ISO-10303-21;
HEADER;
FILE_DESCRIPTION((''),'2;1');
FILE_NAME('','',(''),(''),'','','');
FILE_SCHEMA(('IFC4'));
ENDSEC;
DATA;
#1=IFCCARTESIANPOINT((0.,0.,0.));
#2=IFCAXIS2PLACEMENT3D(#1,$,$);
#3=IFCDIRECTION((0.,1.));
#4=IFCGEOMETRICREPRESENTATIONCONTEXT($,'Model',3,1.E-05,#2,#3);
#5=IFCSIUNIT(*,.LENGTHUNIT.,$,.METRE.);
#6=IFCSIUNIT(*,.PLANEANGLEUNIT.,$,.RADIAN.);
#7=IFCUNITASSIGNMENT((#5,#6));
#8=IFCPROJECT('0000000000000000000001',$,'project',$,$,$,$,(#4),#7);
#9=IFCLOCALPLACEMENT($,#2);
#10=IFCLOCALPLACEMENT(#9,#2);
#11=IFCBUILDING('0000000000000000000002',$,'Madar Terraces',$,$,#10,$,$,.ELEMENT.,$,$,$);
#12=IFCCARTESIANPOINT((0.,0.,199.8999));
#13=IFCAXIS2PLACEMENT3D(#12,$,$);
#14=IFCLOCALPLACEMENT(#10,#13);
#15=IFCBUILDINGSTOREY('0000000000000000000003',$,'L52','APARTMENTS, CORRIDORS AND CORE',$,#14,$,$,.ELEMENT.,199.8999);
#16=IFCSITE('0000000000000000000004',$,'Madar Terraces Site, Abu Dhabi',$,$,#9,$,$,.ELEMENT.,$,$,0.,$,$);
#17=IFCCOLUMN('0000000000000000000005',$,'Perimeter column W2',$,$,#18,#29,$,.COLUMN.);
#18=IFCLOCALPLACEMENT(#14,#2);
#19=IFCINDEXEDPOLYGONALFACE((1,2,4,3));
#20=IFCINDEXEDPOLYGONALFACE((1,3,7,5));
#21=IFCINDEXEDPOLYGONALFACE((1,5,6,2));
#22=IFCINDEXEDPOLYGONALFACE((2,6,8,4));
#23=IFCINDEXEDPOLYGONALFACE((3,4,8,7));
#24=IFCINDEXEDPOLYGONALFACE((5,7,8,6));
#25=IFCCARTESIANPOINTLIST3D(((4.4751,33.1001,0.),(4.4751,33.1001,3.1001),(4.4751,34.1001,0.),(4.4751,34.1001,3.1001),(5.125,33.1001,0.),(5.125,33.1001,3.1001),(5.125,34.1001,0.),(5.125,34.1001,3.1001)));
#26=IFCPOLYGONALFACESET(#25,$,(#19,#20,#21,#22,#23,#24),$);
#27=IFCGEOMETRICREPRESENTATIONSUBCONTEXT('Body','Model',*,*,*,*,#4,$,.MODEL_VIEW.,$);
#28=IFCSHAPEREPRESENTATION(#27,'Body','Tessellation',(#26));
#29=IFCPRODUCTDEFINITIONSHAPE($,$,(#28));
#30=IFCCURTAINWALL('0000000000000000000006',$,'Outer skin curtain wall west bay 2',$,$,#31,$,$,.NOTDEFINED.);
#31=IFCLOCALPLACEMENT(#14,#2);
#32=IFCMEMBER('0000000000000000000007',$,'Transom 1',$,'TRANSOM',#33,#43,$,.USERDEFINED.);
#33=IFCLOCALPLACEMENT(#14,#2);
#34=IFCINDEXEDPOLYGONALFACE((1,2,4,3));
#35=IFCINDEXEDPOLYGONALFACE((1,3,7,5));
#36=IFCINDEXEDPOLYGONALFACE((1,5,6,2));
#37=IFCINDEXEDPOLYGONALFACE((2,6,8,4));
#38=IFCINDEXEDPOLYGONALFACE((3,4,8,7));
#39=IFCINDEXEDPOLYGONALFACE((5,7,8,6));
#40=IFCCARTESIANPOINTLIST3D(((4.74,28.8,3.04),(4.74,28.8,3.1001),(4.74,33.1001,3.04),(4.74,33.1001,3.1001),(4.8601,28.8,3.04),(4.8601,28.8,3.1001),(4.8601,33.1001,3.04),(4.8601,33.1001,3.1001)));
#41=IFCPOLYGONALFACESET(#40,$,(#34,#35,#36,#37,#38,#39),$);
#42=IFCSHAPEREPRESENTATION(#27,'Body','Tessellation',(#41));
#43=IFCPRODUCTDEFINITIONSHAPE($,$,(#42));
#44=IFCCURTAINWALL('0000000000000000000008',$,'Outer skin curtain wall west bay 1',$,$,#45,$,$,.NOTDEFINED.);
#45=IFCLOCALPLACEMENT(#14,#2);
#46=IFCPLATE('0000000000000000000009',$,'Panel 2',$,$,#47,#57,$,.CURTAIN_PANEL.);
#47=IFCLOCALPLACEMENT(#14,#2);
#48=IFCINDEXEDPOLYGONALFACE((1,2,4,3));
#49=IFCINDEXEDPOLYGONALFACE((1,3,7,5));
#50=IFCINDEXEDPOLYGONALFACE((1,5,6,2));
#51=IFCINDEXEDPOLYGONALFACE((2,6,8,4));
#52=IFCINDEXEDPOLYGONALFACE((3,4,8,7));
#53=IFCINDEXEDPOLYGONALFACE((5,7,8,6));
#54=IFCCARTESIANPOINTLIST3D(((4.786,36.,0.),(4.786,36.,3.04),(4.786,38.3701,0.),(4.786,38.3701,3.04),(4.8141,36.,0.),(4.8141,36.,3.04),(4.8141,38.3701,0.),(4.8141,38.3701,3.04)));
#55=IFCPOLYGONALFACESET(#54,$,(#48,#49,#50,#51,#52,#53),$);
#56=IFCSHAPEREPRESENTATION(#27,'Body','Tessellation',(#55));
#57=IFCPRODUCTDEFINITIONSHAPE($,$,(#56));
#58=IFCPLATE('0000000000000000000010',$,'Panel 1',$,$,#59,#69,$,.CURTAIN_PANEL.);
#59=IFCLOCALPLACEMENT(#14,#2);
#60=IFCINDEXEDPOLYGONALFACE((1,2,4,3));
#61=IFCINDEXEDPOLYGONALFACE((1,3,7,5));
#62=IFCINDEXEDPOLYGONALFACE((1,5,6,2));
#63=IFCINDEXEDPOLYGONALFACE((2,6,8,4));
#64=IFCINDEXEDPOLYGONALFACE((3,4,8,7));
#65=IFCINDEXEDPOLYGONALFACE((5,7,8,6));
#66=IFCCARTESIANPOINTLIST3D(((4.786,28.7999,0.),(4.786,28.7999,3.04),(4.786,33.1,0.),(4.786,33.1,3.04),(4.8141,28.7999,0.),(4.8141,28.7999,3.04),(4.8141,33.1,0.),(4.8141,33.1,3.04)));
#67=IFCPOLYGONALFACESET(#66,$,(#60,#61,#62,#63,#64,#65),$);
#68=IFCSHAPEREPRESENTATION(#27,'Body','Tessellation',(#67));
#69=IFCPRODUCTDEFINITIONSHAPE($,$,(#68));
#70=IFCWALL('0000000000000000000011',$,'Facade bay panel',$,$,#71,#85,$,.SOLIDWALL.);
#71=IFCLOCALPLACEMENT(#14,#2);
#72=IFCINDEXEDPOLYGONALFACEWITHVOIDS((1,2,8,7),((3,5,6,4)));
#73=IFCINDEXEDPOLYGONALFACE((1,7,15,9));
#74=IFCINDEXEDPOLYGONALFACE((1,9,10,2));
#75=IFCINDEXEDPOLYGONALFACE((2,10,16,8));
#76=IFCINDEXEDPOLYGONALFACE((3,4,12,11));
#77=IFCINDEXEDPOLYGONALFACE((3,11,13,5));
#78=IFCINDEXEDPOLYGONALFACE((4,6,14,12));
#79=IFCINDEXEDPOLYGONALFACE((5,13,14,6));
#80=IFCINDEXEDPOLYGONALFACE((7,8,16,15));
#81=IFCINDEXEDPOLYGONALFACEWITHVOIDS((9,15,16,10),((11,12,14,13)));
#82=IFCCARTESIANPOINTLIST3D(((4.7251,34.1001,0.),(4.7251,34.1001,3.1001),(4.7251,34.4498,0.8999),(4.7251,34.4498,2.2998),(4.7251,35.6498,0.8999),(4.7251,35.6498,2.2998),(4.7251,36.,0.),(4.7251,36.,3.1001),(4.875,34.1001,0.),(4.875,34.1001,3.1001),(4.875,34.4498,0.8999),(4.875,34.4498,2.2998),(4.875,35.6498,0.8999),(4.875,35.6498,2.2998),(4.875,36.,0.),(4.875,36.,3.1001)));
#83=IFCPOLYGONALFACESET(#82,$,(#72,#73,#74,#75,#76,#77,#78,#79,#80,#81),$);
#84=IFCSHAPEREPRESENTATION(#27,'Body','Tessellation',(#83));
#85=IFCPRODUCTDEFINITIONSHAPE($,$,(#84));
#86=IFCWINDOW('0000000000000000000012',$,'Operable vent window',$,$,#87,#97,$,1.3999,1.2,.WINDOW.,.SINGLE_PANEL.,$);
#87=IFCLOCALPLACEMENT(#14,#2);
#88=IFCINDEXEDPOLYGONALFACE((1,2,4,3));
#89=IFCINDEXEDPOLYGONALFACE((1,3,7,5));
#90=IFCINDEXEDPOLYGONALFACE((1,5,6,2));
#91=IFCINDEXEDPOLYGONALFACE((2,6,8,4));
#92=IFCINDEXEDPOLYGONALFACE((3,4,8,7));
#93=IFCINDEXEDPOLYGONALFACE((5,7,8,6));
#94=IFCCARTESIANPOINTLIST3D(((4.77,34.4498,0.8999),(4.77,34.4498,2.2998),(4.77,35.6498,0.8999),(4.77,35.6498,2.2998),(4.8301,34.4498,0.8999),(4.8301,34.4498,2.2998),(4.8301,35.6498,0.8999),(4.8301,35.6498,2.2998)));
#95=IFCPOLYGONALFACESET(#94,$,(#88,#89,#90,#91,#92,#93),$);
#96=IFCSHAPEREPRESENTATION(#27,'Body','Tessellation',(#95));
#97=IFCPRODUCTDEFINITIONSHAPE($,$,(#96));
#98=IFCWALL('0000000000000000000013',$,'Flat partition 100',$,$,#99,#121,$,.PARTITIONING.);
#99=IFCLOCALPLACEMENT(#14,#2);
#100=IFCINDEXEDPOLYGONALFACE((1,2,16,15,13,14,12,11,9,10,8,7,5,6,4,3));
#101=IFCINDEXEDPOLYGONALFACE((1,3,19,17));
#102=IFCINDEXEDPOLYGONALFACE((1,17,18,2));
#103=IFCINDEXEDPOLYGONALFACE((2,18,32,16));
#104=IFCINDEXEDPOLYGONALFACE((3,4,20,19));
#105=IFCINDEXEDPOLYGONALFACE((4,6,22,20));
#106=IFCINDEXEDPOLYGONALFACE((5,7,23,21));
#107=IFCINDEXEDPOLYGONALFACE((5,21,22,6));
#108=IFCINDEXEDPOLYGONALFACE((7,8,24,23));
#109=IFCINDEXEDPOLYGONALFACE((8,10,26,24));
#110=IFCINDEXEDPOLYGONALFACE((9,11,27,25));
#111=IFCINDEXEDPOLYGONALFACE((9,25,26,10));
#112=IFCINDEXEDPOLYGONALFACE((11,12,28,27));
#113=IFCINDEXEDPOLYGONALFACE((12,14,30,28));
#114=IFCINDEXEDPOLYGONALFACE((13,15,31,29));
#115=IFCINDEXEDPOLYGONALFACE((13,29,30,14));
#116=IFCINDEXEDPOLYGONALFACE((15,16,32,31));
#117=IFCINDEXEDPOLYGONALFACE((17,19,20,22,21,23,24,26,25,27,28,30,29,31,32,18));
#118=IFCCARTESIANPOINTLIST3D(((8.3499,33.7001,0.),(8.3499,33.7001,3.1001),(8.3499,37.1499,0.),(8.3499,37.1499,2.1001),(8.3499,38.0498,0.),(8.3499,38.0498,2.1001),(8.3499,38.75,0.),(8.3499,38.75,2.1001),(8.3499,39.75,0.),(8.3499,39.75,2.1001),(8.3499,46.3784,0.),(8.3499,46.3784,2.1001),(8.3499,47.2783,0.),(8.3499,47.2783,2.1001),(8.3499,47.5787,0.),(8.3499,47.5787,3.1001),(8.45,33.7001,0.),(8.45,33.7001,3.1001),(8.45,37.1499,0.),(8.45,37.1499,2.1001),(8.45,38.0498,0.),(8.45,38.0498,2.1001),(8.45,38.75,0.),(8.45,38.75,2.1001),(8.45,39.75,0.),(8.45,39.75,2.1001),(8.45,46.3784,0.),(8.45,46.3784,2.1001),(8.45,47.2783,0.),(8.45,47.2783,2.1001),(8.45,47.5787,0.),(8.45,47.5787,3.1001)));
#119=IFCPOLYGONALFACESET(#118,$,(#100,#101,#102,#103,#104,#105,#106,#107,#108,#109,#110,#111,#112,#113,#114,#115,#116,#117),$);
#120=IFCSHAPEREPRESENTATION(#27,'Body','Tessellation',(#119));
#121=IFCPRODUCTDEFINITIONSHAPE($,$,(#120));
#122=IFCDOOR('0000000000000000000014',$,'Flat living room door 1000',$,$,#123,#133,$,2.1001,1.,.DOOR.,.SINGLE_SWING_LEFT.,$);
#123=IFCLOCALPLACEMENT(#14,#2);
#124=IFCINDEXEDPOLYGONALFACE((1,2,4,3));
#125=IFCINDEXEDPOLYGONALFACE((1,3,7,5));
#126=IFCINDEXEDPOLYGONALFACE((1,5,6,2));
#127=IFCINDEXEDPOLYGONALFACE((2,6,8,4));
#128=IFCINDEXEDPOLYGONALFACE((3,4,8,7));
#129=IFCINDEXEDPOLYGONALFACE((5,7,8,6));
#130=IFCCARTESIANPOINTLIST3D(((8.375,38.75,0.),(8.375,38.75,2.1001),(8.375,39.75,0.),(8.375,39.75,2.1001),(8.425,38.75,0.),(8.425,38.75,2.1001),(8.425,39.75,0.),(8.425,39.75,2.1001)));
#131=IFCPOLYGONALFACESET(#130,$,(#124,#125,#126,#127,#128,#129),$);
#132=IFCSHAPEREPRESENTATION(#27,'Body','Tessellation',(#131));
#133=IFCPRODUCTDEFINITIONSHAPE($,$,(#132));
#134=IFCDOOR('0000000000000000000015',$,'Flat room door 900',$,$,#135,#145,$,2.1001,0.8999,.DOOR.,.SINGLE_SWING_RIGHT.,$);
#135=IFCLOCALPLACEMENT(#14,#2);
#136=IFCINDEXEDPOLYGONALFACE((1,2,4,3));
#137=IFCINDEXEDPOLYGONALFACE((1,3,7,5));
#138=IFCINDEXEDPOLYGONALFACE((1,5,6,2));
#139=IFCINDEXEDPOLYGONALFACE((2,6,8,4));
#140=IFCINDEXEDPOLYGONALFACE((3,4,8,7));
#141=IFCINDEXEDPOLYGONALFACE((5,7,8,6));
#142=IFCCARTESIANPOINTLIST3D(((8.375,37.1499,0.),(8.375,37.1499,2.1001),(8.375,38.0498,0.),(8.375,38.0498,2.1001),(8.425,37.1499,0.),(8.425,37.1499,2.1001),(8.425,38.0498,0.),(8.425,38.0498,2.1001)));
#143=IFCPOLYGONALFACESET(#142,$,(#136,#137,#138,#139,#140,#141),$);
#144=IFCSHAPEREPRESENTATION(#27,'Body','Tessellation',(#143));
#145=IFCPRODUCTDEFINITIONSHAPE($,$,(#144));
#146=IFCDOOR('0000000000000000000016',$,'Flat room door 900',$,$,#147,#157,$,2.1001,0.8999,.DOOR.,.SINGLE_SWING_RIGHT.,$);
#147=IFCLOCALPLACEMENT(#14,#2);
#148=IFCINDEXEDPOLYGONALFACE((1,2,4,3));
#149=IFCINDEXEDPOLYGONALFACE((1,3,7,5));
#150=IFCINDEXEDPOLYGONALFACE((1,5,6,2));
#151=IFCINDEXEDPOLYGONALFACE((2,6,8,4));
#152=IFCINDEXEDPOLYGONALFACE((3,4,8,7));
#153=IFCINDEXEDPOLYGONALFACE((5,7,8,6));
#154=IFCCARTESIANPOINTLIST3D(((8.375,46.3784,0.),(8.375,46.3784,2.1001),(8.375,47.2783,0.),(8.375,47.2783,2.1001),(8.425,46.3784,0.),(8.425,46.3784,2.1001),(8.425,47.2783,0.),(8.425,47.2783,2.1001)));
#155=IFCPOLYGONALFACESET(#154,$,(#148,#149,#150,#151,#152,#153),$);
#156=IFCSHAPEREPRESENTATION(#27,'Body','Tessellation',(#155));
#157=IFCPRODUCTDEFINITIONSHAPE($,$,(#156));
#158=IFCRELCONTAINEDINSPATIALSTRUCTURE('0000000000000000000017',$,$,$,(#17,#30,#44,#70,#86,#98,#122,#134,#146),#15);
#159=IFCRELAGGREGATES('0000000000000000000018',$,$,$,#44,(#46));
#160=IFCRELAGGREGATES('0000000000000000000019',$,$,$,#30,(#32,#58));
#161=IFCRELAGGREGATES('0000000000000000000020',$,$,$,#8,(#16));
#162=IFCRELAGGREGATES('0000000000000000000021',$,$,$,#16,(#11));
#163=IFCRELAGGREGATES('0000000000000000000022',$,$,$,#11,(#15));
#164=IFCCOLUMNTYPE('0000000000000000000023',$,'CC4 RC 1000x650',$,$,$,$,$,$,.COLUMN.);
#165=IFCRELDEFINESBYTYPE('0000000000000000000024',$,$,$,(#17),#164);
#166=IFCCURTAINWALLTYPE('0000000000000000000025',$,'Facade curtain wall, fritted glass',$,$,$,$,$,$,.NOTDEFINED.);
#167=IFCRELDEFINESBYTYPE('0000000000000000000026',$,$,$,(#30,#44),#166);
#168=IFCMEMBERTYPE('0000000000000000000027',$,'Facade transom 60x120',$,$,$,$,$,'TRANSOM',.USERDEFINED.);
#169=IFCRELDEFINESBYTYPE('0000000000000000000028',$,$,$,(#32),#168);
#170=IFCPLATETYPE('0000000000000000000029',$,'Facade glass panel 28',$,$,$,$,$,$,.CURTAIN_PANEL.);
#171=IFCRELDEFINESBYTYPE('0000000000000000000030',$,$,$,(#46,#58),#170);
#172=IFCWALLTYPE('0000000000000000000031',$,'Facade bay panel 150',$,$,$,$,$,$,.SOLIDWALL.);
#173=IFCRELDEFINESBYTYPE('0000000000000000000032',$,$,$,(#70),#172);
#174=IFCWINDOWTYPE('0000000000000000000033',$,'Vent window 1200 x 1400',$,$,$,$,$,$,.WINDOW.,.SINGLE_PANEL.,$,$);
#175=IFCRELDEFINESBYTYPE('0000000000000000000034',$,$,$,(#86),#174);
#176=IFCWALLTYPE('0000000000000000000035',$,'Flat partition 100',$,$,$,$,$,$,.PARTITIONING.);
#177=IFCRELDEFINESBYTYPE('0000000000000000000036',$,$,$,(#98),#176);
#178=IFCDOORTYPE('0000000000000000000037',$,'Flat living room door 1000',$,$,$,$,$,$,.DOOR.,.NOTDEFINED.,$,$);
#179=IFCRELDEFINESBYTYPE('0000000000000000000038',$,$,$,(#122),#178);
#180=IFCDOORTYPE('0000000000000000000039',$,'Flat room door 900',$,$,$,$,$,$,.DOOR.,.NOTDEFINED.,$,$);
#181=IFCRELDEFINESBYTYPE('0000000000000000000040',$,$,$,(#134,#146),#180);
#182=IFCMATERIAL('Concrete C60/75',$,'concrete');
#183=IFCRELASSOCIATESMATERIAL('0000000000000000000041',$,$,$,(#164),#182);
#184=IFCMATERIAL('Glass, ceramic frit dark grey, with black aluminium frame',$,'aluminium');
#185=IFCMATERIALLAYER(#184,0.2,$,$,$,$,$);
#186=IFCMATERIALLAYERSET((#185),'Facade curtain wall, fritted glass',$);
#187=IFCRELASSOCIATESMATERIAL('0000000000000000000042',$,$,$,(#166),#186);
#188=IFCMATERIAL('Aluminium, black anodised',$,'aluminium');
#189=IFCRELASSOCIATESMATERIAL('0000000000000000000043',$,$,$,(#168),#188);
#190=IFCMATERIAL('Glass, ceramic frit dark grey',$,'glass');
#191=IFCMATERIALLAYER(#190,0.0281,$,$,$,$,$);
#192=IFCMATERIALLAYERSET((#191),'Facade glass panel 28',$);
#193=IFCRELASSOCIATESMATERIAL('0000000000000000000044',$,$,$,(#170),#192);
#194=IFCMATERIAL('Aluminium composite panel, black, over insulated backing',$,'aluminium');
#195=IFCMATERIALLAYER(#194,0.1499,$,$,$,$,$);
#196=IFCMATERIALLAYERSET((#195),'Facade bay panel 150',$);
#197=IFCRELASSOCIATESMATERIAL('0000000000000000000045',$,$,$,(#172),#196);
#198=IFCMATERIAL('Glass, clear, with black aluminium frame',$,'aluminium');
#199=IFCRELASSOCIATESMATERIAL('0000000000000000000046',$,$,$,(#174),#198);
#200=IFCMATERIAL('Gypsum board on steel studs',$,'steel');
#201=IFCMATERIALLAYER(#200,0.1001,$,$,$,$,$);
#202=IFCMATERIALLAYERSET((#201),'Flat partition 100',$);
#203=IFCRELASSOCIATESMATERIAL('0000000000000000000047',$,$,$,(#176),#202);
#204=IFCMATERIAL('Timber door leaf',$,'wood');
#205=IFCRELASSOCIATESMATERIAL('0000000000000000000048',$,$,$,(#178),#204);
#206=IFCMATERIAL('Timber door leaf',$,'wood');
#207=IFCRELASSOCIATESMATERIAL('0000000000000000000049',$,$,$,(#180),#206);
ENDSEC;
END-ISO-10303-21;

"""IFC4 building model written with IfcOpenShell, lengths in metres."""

from ifc_helpers import new_model, si_unit, direction, frame, frame_2d, origin, origin_2d, place, context, subcontext, project, spatial, rectangle, extrude, material, layer, layer_set, material_profile, profile_set, type_object, element, fill, aggregate, save


model = new_model("IFC4")

# Units and contexts
model_context = context("Model", 3, precision=1e-05, world=origin(), true_north=direction((0.0, 1.0)))
body_context = subcontext(model_context, "Body", "Model", "MODEL_VIEW")
ifc_project = project(units=[si_unit("LENGTHUNIT", "METRE"), si_unit("PLANEANGLEUNIT", "RADIAN")], contexts=[model_context])

# Site, building, storey
site_placement = place(None, origin())
site = spatial("IfcSite", under=ifc_project, at=site_placement, Name="Madar Terraces Site, Abu Dhabi", CompositionType="ELEMENT", RefElevation=0.0)
building_placement = place(site_placement, origin())
building = spatial("IfcBuilding", under=site, at=building_placement, Name="Madar Terraces", CompositionType="ELEMENT")
storey_placement = place(building_placement, frame((0.0, 0.0, 199.8999)))
storey = spatial("IfcBuildingStorey", under=building, at=storey_placement, Name="L52", Description="APARTMENTS, CORRIDORS AND CORE", CompositionType="ELEMENT", Elevation=199.8999)

# Column
ifc_material_1 = material(Name="Concrete C60/75", Category="concrete")
ifc_material_profile_1 = material_profile(ifc_material_1, rectangle(XDim=1.0, YDim=0.6499, at=origin_2d()), Name="CC4 RC 1000x650")
ifc_profile_set_1 = profile_set([ifc_material_profile_1], Name="Concrete C60/75")
column_type = type_object("IfcColumnType", Name="CC4 RC 1000x650", PredefinedType="COLUMN", material=ifc_profile_set_1)
column_placement = place(storey_placement, frame((4.8, 33.6001, 0.0), z_axis=(0.0, 0.0, 1.0), x_axis=(0.0, 1.0, 0.0)))
element("IfcColumn", 1, at=column_placement, inside=storey, type_object=column_type, Name="Perimeter column W2", PredefinedType="COLUMN", context=body_context, shape_type="SweptSolid", body=[
    extrude(rectangle(XDim=1.0, YDim=0.6499, at=origin_2d()), origin(), (0.0, 0.0, 1.0), 3.1001),
])

# Curtain wall, member
ifc_material_2 = material(Name="Glass, ceramic frit dark grey, with black aluminium frame", Category="aluminium")
ifc_layer_1 = layer(ifc_material_2, 0.2)
ifc_layer_set_1 = layer_set([ifc_layer_1], Name="Facade curtain wall, fritted glass")
curtain_wall_type = type_object("IfcCurtainWallType", Name="Facade curtain wall, fritted glass", PredefinedType="NOTDEFINED", material=ifc_layer_set_1)
curtain_wall_1_placement = place(storey_placement, origin())
curtain_wall_1 = element("IfcCurtainWall", 2, at=curtain_wall_1_placement, inside=storey, type_object=curtain_wall_type, Name="Outer skin curtain wall west bay 2", PredefinedType="NOTDEFINED")
ifc_material_3 = material(Name="Aluminium, black anodised", Category="aluminium")
ifc_material_profile_2 = material_profile(ifc_material_3, rectangle(XDim=0.1201, YDim=0.0601, at=origin_2d()), Name="Facade transom 60x120")
ifc_profile_set_2 = profile_set([ifc_material_profile_2], Name="Aluminium, black anodised")
member_type = type_object("IfcMemberType", Name="Facade transom 60x120", ElementType="TRANSOM", PredefinedType="USERDEFINED", material=ifc_profile_set_2)
member_placement = place(storey_placement, frame((4.8, 33.1001, 3.0701), z_axis=(0.0, -1.0, 0.0), x_axis=(1.0, 0.0, 0.0)))
member = element("IfcMember", 3, at=member_placement, type_object=member_type, Name="Transom 1", ObjectType="TRANSOM", PredefinedType="USERDEFINED", context=body_context, shape_type="SweptSolid", body=[
    extrude(rectangle(XDim=0.1201, YDim=0.0601, at=origin_2d()), origin(), (0.0, 0.0, 1.0), 4.3),
])

# Curtain wall, plate
curtain_wall_2_placement = place(storey_placement, origin())
curtain_wall_2 = element("IfcCurtainWall", 4, at=curtain_wall_2_placement, inside=storey, type_object=curtain_wall_type, Name="Outer skin curtain wall west bay 1", PredefinedType="NOTDEFINED")
ifc_material_4 = material(Name="Glass, ceramic frit dark grey", Category="glass")
ifc_layer_2 = layer(ifc_material_4, 0.0281)
ifc_layer_set_2 = layer_set([ifc_layer_2], Name="Facade glass panel 28")
plate_type = type_object("IfcPlateType", Name="Facade glass panel 28", PredefinedType="CURTAIN_PANEL", material=ifc_layer_set_2)
plate_1_placement = place(storey_placement, frame((4.8, 37.1851, 0.0), z_axis=(0.0, 0.0, 1.0), x_axis=(0.0, -1.0, 0.0)))
plate_1 = element("IfcPlate", 5, at=plate_1_placement, type_object=plate_type, Name="Panel 2", PredefinedType="CURTAIN_PANEL", context=body_context, shape_type="SweptSolid", body=[
    extrude(rectangle(XDim=2.3701, YDim=0.0281, at=origin_2d()), origin(), (0.0, 0.0, 1.0), 3.04),
])
aggregate(curtain_wall_2, [plate_1])

# Plate
plate_2_placement = place(storey_placement, frame((4.8, 30.95, 0.0), z_axis=(0.0, 0.0, 1.0), x_axis=(0.0, -1.0, 0.0)))
plate_2 = element("IfcPlate", 6, at=plate_2_placement, type_object=plate_type, Name="Panel 1", PredefinedType="CURTAIN_PANEL", context=body_context, shape_type="SweptSolid", body=[
    extrude(rectangle(XDim=4.3, YDim=0.0281, at=origin_2d()), origin(), (0.0, 0.0, 1.0), 3.04),
])
aggregate(curtain_wall_1, [member, plate_2])

# Wall, opening, window
ifc_material_5 = material(Name="Aluminium composite panel, black, over insulated backing", Category="aluminium")
ifc_layer_3 = layer(ifc_material_5, 0.1499)
ifc_layer_set_3 = layer_set([ifc_layer_3], Name="Facade bay panel 150")
wall_type_1 = type_object("IfcWallType", Name="Facade bay panel 150", PredefinedType="SOLIDWALL", material=ifc_layer_set_3)
wall_1_placement = place(storey_placement, frame((4.8, 36.0, 0.0), z_axis=(0.0, 0.0, 1.0), x_axis=(0.0, -1.0, 0.0)))
wall_1 = element("IfcWall", 7, at=wall_1_placement, inside=storey, type_object=wall_type_1, Name="Facade bay panel", PredefinedType="SOLIDWALL", context=body_context, shape_type="SweptSolid", body=[
    extrude(rectangle(XDim=1.8999, YDim=0.1499, at=frame_2d((0.95, 0.0))), origin(), (0.0, 0.0, 1.0), 3.1001),
])
opening_1_placement = place(wall_1_placement, frame((0.3501, 0.0, 0.8999)))
opening_1 = element("IfcOpeningElement", 8, at=opening_1_placement, cuts=wall_1, PredefinedType="OPENING", context=body_context, shape_type="SweptSolid", body=[
    extrude(rectangle(XDim=1.2, YDim=1.3999, at=frame_2d((0.6001, 0.7))), frame((0.0, 0.085, 0.0), z_axis=(0.0, -1.0, 0.0), x_axis=(1.0, 0.0, 0.0)), (0.0, 0.0, 1.0), 0.1699),
])
ifc_material_6 = material(Name="Glass, clear, with black aluminium frame", Category="aluminium")
window_type = type_object("IfcWindowType", Name="Vent window 1200 x 1400", PartitioningType="SINGLE_PANEL", PredefinedType="WINDOW", material=ifc_material_6)
window_placement = place(opening_1_placement, origin())
window = element("IfcWindow", 9, at=window_placement, inside=storey, type_object=window_type, Name="Operable vent window", OverallHeight=1.3999, OverallWidth=1.2, PartitioningType="SINGLE_PANEL", PredefinedType="WINDOW", context=body_context, shape_type="SweptSolid", body=[
    extrude(rectangle(XDim=1.2, YDim=1.3999, at=frame_2d((0.6001, 0.7))), frame((0.0, 0.03, 0.0), z_axis=(0.0, -1.0, 0.0), x_axis=(1.0, 0.0, 0.0)), (0.0, 0.0, 1.0), 0.0601),
])
fill(opening_1, window)

# Wall, openings, doors
ifc_material_7 = material(Name="Gypsum board on steel studs", Category="steel")
ifc_layer_4 = layer(ifc_material_7, 0.1001)
ifc_layer_set_4 = layer_set([ifc_layer_4], Name="Flat partition 100")
wall_type_2 = type_object("IfcWallType", Name="Flat partition 100", PredefinedType="PARTITIONING", material=ifc_layer_set_4)
wall_2_placement = place(storey_placement, frame((8.3999, 33.7, 0.0), z_axis=(0.0, 0.0, 1.0), x_axis=(0.0, 1.0, 0.0)))
wall_2 = element("IfcWall", 10, at=wall_2_placement, inside=storey, type_object=wall_type_2, Name="Flat partition 100", PredefinedType="PARTITIONING", context=body_context, shape_type="SweptSolid", body=[
    extrude(rectangle(XDim=13.8787, YDim=0.1001, at=frame_2d((6.9395, 0.0))), origin(), (0.0, 0.0, 1.0), 3.1001),
])
opening_2_placement = place(wall_2_placement, frame((3.45, 0.0, 0.0)))
opening_2 = element("IfcOpeningElement", 11, at=opening_2_placement, cuts=wall_2, PredefinedType="OPENING", context=body_context, shape_type="SweptSolid", body=[
    extrude(rectangle(XDim=0.8999, YDim=2.1001, at=frame_2d((0.45, 1.05))), frame((0.0, 0.0601, 0.0), z_axis=(0.0, -1.0, 0.0), x_axis=(1.0, 0.0, 0.0)), (0.0, 0.0, 1.0), 0.1201),
])
opening_3_placement = place(wall_2_placement, frame((5.05, 0.0, 0.0)))
opening_3 = element("IfcOpeningElement", 12, at=opening_3_placement, cuts=wall_2, PredefinedType="OPENING", context=body_context, shape_type="SweptSolid", body=[
    extrude(rectangle(XDim=1.0, YDim=2.1001, at=frame_2d((0.5, 1.05))), frame((0.0, 0.0601, 0.0), z_axis=(0.0, -1.0, 0.0), x_axis=(1.0, 0.0, 0.0)), (0.0, 0.0, 1.0), 0.1201),
])
opening_4_placement = place(wall_2_placement, frame((12.6785, 0.0, 0.0)))
opening_4 = element("IfcOpeningElement", 13, at=opening_4_placement, cuts=wall_2, PredefinedType="OPENING", context=body_context, shape_type="SweptSolid", body=[
    extrude(rectangle(XDim=0.8999, YDim=2.1001, at=frame_2d((0.45, 1.05))), frame((0.0, 0.0601, 0.0), z_axis=(0.0, -1.0, 0.0), x_axis=(1.0, 0.0, 0.0)), (0.0, 0.0, 1.0), 0.1201),
])
ifc_material_8 = material(Name="Timber door leaf", Category="wood")
door_type_1 = type_object("IfcDoorType", Name="Flat living room door 1000", OperationType="NOTDEFINED", PredefinedType="DOOR", material=ifc_material_8)
door_1_placement = place(opening_3_placement, origin())
door_1 = element("IfcDoor", 14, at=door_1_placement, inside=storey, type_object=door_type_1, Name="Flat living room door 1000", OperationType="SINGLE_SWING_LEFT", OverallHeight=2.1001, OverallWidth=1.0, PredefinedType="DOOR", context=body_context, shape_type="SweptSolid", body=[
    extrude(rectangle(XDim=1.0, YDim=2.1001, at=frame_2d((0.5, 1.05))), frame((0.0, 0.0249, 0.0), z_axis=(0.0, -1.0, 0.0), x_axis=(1.0, 0.0, 0.0)), (0.0, 0.0, 1.0), 0.05),
])
fill(opening_3, door_1)
ifc_material_9 = material(Name="Timber door leaf", Category="wood")
door_type_2 = type_object("IfcDoorType", Name="Flat room door 900", OperationType="NOTDEFINED", PredefinedType="DOOR", material=ifc_material_9)
door_2_placement = place(opening_2_placement, origin())
door_2 = element("IfcDoor", 15, at=door_2_placement, inside=storey, type_object=door_type_2, Name="Flat room door 900", OperationType="SINGLE_SWING_RIGHT", OverallHeight=2.1001, OverallWidth=0.8999, PredefinedType="DOOR", context=body_context, shape_type="SweptSolid", body=[
    extrude(rectangle(XDim=0.8999, YDim=2.1001, at=frame_2d((0.45, 1.05))), frame((0.0, 0.0249, 0.0), z_axis=(0.0, -1.0, 0.0), x_axis=(1.0, 0.0, 0.0)), (0.0, 0.0, 1.0), 0.05),
])
fill(opening_2, door_2)
door_3_placement = place(opening_4_placement, origin())
door_3 = element("IfcDoor", 16, at=door_3_placement, inside=storey, type_object=door_type_2, Name="Flat room door 900", OperationType="SINGLE_SWING_RIGHT", OverallHeight=2.1001, OverallWidth=0.8999, PredefinedType="DOOR", context=body_context, shape_type="SweptSolid", body=[
    extrude(rectangle(XDim=0.8999, YDim=2.1001, at=frame_2d((0.45, 1.05))), frame((0.0, 0.0249, 0.0), z_axis=(0.0, -1.0, 0.0), x_axis=(1.0, 0.0, 0.0)), (0.0, 0.0, 1.0), 0.05),
])
fill(opening_4, door_3)

save(model, "model.ifc")
